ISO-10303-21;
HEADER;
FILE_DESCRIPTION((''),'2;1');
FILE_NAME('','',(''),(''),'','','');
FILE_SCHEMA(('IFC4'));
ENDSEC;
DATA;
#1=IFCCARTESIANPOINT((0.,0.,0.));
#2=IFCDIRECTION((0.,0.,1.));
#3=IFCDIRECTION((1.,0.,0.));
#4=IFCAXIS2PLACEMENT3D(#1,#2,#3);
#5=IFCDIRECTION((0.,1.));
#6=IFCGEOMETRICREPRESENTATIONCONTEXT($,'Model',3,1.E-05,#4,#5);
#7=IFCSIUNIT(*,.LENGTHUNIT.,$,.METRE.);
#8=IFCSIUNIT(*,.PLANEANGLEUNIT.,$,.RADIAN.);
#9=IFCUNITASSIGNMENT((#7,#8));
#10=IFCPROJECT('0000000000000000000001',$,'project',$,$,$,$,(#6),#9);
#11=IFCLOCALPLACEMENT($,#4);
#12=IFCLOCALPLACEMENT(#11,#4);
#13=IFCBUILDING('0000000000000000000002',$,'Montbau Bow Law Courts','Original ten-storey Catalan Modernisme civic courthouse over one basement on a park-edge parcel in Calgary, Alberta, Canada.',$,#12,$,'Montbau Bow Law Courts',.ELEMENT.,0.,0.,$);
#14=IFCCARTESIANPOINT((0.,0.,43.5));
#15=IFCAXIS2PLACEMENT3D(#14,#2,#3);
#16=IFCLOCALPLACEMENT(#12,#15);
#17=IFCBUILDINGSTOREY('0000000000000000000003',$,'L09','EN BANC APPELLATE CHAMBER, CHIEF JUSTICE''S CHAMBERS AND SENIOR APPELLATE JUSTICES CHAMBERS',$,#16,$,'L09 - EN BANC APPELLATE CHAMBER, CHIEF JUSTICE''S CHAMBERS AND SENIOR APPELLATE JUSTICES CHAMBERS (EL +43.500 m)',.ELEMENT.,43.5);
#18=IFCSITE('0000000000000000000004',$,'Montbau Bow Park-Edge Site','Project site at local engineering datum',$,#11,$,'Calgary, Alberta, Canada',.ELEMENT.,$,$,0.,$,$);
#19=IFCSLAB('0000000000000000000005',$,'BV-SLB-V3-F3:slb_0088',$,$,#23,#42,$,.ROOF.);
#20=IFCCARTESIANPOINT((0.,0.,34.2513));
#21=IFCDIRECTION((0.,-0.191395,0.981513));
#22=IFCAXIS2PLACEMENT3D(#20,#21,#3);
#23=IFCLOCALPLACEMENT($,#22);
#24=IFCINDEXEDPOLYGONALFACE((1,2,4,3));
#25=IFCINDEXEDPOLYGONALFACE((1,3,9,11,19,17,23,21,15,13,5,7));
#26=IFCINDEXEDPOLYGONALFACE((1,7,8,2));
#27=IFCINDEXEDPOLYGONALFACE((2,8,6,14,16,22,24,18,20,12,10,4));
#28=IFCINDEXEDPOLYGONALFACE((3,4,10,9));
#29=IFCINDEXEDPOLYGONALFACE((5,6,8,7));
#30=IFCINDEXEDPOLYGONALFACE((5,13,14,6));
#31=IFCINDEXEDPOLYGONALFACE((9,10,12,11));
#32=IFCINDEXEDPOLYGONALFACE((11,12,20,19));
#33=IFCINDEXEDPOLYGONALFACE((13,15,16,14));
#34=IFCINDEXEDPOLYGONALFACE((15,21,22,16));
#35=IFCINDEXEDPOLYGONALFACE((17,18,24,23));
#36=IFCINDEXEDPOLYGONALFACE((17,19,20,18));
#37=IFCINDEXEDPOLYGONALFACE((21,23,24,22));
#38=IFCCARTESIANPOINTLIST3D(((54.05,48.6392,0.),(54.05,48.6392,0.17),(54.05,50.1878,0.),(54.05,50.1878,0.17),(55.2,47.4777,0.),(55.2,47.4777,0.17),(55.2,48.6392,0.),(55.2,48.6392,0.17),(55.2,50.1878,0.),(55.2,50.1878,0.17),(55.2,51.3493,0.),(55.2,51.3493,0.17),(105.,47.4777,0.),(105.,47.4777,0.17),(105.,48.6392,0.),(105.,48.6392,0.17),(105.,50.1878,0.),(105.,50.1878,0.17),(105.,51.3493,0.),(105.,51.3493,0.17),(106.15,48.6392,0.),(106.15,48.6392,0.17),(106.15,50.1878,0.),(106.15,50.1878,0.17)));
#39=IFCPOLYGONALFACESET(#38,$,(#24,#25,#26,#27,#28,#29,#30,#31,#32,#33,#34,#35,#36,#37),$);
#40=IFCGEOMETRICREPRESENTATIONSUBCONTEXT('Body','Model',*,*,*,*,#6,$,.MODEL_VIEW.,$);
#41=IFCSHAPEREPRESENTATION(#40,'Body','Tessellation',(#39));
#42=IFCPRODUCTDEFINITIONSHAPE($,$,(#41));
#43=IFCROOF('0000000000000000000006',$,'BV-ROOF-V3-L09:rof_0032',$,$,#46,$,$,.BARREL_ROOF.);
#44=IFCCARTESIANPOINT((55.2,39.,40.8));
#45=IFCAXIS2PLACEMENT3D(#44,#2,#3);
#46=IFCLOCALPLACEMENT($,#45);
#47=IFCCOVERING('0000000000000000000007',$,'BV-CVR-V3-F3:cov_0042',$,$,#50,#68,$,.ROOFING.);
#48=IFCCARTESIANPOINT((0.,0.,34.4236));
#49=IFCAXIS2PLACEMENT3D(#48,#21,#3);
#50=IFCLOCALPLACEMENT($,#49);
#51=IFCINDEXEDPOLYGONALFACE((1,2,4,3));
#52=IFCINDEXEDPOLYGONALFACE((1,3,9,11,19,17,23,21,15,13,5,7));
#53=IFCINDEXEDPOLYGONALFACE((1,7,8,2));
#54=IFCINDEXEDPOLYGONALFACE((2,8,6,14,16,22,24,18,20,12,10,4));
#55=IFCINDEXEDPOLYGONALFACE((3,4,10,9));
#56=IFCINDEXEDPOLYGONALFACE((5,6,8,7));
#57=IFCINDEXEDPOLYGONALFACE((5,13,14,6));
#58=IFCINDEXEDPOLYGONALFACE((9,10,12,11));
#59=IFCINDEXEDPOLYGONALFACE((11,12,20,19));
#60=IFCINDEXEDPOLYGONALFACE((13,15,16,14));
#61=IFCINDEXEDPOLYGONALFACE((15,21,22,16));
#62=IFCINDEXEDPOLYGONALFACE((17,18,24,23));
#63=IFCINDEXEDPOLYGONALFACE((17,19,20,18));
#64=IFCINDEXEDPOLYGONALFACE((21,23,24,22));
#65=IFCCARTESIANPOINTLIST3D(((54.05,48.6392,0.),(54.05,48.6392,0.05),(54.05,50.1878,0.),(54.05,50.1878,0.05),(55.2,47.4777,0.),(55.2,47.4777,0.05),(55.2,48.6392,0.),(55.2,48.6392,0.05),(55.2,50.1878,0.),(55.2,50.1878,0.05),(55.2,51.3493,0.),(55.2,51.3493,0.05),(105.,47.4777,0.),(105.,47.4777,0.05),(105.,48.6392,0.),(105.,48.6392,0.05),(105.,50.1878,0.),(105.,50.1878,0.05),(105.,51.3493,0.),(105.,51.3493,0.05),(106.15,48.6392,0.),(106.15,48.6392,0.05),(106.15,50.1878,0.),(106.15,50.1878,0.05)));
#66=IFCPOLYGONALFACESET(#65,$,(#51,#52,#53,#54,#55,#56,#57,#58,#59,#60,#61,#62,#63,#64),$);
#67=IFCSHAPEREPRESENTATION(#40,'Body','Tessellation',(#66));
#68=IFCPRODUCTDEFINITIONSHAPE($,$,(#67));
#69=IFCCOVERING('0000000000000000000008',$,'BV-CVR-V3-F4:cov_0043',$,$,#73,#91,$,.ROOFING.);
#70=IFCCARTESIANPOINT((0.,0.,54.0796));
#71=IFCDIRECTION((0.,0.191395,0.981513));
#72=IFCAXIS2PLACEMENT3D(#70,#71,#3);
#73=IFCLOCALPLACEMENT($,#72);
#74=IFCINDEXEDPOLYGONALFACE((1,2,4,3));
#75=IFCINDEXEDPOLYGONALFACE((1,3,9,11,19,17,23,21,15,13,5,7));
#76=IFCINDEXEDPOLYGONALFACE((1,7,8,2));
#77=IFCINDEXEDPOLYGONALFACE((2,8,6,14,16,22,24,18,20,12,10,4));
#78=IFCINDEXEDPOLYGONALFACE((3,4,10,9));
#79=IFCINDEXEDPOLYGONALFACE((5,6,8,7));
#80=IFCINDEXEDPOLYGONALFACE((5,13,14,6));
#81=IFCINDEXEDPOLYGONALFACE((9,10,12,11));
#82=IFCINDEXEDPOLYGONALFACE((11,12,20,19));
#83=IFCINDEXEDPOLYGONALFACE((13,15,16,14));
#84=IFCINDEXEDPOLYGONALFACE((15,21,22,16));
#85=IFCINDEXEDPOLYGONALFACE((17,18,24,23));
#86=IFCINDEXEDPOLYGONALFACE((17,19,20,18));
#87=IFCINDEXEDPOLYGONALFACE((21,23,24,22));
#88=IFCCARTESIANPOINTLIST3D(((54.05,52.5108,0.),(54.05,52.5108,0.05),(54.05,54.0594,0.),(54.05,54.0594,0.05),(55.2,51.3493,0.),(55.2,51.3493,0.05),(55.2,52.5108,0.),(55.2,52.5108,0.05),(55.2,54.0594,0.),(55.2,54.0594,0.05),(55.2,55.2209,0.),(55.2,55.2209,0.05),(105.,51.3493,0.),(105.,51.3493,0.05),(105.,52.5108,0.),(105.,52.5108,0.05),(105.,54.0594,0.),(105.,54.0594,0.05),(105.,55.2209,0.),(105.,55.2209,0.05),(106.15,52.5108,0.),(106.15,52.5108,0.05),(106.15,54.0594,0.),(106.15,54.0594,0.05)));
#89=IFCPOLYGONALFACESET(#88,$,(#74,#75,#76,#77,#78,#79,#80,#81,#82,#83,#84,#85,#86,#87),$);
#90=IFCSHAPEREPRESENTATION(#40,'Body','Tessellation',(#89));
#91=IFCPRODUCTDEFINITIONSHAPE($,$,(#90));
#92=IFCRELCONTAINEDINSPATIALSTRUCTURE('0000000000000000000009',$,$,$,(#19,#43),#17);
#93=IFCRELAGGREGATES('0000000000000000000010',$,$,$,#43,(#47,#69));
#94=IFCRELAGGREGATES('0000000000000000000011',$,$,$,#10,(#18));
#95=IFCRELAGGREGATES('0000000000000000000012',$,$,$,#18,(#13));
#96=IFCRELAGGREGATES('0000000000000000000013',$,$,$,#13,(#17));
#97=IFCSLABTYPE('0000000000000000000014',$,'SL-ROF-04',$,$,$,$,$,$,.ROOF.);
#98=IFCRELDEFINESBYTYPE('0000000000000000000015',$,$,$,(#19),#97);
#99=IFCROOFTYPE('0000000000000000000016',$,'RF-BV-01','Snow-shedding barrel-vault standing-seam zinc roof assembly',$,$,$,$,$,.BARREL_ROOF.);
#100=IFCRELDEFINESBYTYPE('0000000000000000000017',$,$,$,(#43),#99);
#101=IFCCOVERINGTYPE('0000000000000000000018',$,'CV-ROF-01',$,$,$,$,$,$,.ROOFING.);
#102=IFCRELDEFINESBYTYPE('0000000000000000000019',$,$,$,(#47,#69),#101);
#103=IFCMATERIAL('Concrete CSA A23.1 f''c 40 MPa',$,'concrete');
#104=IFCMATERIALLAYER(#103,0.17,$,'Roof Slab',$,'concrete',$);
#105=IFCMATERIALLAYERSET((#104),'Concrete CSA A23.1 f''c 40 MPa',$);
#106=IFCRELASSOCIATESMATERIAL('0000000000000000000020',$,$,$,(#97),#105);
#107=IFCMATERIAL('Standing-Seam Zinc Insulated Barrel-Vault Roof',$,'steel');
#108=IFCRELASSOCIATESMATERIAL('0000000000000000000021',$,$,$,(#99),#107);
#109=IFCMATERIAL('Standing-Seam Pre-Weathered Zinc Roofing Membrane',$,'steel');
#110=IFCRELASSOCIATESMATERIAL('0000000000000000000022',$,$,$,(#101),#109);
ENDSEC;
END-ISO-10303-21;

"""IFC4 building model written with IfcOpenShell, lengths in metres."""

from ifc_helpers import new_model, si_unit, direction, frame, origin_with_axes, place, context, subcontext, project, spatial, polyline, outline, extrude, material, layer, layer_set, type_object, element, aggregate, save


model = new_model("IFC4")

# Units and contexts
model_context = context("Model", 3, precision=1e-05, world=origin_with_axes(), true_north=direction((0.0, 1.0)))
body_context = subcontext(model_context, "Body", "Model", "MODEL_VIEW")
ifc_project = project(units=[si_unit("LENGTHUNIT", "METRE"), si_unit("PLANEANGLEUNIT", "RADIAN")], contexts=[model_context])

# Site, building, storey
site_placement = place(None, origin_with_axes())
site = spatial("IfcSite", under=ifc_project, at=site_placement, Name="Montbau Bow Park-Edge Site", Description="Project site at local engineering datum", LongName="Calgary, Alberta, Canada", CompositionType="ELEMENT", RefElevation=0.0)
building_placement = place(site_placement, origin_with_axes())
building = spatial("IfcBuilding", under=site, at=building_placement, Name="Montbau Bow Law Courts", Description="Original ten-storey Catalan Modernisme civic courthouse over one basement on a park-edge parcel in Calgary, Alberta, Canada.", LongName="Montbau Bow Law Courts", CompositionType="ELEMENT", ElevationOfRefHeight=0.0, ElevationOfTerrain=0.0)
storey_placement = place(building_placement, frame((0.0, 0.0, 43.5), z_axis=(0.0, 0.0, 1.0), x_axis=(1.0, 0.0, 0.0)))
storey = spatial("IfcBuildingStorey", under=building, at=storey_placement, Name="L09", Description="EN BANC APPELLATE CHAMBER, CHIEF JUSTICE'S CHAMBERS AND SENIOR APPELLATE JUSTICES CHAMBERS", LongName="L09 - EN BANC APPELLATE CHAMBER, CHIEF JUSTICE'S CHAMBERS AND SENIOR APPELLATE JUSTICES CHAMBERS (EL +43.500 m)", CompositionType="ELEMENT", Elevation=43.5)

# Slab
ifc_material_1 = material(Name="Concrete CSA A23.1 f'c 40 MPa", Category="concrete")
ifc_layer_1 = layer(ifc_material_1, 0.17, Name="Roof Slab", Category="concrete")
ifc_layer_set_1 = layer_set([ifc_layer_1], Name="Concrete CSA A23.1 f'c 40 MPa")
slab_type_1 = type_object("IfcSlabType", Name="SL-ROF-04", PredefinedType="ROOF", material=ifc_layer_set_1)
slab_1_placement = place(None, frame((0.0, 0.0, 34.2513), z_axis=(0.0, -0.191395, 0.981513), x_axis=(1.0, 0.0, 0.0)))
element("IfcSlab", 1, at=slab_1_placement, inside=storey, type_object=slab_type_1, Name="BV-SLB-V3-F3:slb_0088", PredefinedType="ROOF", context=body_context, shape_type="SweptSolid", body=[
    extrude(outline(polyline([(55.2, 47.4777), (105.0, 47.4777), (105.0, 48.6392), (106.15, 48.6392), (106.15, 50.1878), (105.0, 50.1878), (105.0, 51.3493), (55.2, 51.3493), (55.2, 50.1878), (54.05, 50.1878), (54.05, 48.6392), (55.2, 48.6392), (55.2, 47.4777)])), origin_with_axes(), (0.0, 0.0, 1.0), 0.17),
])

# Roof, coverings
ifc_material_2 = material(Name="Standing-Seam Zinc Insulated Barrel-Vault Roof", Category="steel")
roof_type = type_object("IfcRoofType", Name="RF-BV-01", Description="Snow-shedding barrel-vault standing-seam zinc roof assembly", PredefinedType="BARREL_ROOF", material=ifc_material_2)
roof_placement = place(None, frame((55.2, 39.0, 40.8), z_axis=(0.0, 0.0, 1.0), x_axis=(1.0, 0.0, 0.0)))
roof = element("IfcRoof", 2, at=roof_placement, inside=storey, type_object=roof_type, Name="BV-ROOF-V3-L09:rof_0032", PredefinedType="BARREL_ROOF")
ifc_material_3 = material(Name="Standing-Seam Pre-Weathered Zinc Roofing Membrane", Category="steel")
covering_type_1 = type_object("IfcCoveringType", Name="CV-ROF-01", PredefinedType="ROOFING", material=ifc_material_3)
covering_1_placement = place(None, frame((0.0, 0.0, 34.4236), z_axis=(0.0, -0.191395, 0.981513), x_axis=(1.0, 0.0, 0.0)))
covering_1 = element("IfcCovering", 3, at=covering_1_placement, type_object=covering_type_1, Name="BV-CVR-V3-F3:cov_0042", PredefinedType="ROOFING", context=body_context, shape_type="SweptSolid", body=[
    extrude(outline(polyline([(55.2, 47.4777), (105.0, 47.4777), (105.0, 48.6392), (106.15, 48.6392), (106.15, 50.1878), (105.0, 50.1878), (105.0, 51.3493), (55.2, 51.3493), (55.2, 50.1878), (54.05, 50.1878), (54.05, 48.6392), (55.2, 48.6392), (55.2, 47.4777)])), origin_with_axes(), (0.0, 0.0, 1.0), 0.05),
])
covering_2_placement = place(None, frame((0.0, 0.0, 54.0796), z_axis=(0.0, 0.191395, 0.981513), x_axis=(1.0, 0.0, 0.0)))
covering_2 = element("IfcCovering", 4, at=covering_2_placement, type_object=covering_type_1, Name="BV-CVR-V3-F4:cov_0043", PredefinedType="ROOFING", context=body_context, shape_type="SweptSolid", body=[
    extrude(outline(polyline([(55.2, 51.3493), (105.0, 51.3493), (105.0, 52.5108), (106.15, 52.5108), (106.15, 54.0594), (105.0, 54.0594), (105.0, 55.2209), (55.2, 55.2209), (55.2, 54.0594), (54.05, 54.0594), (54.05, 52.5108), (55.2, 52.5108), (55.2, 51.3493)])), origin_with_axes(), (0.0, 0.0, 1.0), 0.05),
])
aggregate(roof, [covering_1, covering_2])

save(model, "model.ifc")
